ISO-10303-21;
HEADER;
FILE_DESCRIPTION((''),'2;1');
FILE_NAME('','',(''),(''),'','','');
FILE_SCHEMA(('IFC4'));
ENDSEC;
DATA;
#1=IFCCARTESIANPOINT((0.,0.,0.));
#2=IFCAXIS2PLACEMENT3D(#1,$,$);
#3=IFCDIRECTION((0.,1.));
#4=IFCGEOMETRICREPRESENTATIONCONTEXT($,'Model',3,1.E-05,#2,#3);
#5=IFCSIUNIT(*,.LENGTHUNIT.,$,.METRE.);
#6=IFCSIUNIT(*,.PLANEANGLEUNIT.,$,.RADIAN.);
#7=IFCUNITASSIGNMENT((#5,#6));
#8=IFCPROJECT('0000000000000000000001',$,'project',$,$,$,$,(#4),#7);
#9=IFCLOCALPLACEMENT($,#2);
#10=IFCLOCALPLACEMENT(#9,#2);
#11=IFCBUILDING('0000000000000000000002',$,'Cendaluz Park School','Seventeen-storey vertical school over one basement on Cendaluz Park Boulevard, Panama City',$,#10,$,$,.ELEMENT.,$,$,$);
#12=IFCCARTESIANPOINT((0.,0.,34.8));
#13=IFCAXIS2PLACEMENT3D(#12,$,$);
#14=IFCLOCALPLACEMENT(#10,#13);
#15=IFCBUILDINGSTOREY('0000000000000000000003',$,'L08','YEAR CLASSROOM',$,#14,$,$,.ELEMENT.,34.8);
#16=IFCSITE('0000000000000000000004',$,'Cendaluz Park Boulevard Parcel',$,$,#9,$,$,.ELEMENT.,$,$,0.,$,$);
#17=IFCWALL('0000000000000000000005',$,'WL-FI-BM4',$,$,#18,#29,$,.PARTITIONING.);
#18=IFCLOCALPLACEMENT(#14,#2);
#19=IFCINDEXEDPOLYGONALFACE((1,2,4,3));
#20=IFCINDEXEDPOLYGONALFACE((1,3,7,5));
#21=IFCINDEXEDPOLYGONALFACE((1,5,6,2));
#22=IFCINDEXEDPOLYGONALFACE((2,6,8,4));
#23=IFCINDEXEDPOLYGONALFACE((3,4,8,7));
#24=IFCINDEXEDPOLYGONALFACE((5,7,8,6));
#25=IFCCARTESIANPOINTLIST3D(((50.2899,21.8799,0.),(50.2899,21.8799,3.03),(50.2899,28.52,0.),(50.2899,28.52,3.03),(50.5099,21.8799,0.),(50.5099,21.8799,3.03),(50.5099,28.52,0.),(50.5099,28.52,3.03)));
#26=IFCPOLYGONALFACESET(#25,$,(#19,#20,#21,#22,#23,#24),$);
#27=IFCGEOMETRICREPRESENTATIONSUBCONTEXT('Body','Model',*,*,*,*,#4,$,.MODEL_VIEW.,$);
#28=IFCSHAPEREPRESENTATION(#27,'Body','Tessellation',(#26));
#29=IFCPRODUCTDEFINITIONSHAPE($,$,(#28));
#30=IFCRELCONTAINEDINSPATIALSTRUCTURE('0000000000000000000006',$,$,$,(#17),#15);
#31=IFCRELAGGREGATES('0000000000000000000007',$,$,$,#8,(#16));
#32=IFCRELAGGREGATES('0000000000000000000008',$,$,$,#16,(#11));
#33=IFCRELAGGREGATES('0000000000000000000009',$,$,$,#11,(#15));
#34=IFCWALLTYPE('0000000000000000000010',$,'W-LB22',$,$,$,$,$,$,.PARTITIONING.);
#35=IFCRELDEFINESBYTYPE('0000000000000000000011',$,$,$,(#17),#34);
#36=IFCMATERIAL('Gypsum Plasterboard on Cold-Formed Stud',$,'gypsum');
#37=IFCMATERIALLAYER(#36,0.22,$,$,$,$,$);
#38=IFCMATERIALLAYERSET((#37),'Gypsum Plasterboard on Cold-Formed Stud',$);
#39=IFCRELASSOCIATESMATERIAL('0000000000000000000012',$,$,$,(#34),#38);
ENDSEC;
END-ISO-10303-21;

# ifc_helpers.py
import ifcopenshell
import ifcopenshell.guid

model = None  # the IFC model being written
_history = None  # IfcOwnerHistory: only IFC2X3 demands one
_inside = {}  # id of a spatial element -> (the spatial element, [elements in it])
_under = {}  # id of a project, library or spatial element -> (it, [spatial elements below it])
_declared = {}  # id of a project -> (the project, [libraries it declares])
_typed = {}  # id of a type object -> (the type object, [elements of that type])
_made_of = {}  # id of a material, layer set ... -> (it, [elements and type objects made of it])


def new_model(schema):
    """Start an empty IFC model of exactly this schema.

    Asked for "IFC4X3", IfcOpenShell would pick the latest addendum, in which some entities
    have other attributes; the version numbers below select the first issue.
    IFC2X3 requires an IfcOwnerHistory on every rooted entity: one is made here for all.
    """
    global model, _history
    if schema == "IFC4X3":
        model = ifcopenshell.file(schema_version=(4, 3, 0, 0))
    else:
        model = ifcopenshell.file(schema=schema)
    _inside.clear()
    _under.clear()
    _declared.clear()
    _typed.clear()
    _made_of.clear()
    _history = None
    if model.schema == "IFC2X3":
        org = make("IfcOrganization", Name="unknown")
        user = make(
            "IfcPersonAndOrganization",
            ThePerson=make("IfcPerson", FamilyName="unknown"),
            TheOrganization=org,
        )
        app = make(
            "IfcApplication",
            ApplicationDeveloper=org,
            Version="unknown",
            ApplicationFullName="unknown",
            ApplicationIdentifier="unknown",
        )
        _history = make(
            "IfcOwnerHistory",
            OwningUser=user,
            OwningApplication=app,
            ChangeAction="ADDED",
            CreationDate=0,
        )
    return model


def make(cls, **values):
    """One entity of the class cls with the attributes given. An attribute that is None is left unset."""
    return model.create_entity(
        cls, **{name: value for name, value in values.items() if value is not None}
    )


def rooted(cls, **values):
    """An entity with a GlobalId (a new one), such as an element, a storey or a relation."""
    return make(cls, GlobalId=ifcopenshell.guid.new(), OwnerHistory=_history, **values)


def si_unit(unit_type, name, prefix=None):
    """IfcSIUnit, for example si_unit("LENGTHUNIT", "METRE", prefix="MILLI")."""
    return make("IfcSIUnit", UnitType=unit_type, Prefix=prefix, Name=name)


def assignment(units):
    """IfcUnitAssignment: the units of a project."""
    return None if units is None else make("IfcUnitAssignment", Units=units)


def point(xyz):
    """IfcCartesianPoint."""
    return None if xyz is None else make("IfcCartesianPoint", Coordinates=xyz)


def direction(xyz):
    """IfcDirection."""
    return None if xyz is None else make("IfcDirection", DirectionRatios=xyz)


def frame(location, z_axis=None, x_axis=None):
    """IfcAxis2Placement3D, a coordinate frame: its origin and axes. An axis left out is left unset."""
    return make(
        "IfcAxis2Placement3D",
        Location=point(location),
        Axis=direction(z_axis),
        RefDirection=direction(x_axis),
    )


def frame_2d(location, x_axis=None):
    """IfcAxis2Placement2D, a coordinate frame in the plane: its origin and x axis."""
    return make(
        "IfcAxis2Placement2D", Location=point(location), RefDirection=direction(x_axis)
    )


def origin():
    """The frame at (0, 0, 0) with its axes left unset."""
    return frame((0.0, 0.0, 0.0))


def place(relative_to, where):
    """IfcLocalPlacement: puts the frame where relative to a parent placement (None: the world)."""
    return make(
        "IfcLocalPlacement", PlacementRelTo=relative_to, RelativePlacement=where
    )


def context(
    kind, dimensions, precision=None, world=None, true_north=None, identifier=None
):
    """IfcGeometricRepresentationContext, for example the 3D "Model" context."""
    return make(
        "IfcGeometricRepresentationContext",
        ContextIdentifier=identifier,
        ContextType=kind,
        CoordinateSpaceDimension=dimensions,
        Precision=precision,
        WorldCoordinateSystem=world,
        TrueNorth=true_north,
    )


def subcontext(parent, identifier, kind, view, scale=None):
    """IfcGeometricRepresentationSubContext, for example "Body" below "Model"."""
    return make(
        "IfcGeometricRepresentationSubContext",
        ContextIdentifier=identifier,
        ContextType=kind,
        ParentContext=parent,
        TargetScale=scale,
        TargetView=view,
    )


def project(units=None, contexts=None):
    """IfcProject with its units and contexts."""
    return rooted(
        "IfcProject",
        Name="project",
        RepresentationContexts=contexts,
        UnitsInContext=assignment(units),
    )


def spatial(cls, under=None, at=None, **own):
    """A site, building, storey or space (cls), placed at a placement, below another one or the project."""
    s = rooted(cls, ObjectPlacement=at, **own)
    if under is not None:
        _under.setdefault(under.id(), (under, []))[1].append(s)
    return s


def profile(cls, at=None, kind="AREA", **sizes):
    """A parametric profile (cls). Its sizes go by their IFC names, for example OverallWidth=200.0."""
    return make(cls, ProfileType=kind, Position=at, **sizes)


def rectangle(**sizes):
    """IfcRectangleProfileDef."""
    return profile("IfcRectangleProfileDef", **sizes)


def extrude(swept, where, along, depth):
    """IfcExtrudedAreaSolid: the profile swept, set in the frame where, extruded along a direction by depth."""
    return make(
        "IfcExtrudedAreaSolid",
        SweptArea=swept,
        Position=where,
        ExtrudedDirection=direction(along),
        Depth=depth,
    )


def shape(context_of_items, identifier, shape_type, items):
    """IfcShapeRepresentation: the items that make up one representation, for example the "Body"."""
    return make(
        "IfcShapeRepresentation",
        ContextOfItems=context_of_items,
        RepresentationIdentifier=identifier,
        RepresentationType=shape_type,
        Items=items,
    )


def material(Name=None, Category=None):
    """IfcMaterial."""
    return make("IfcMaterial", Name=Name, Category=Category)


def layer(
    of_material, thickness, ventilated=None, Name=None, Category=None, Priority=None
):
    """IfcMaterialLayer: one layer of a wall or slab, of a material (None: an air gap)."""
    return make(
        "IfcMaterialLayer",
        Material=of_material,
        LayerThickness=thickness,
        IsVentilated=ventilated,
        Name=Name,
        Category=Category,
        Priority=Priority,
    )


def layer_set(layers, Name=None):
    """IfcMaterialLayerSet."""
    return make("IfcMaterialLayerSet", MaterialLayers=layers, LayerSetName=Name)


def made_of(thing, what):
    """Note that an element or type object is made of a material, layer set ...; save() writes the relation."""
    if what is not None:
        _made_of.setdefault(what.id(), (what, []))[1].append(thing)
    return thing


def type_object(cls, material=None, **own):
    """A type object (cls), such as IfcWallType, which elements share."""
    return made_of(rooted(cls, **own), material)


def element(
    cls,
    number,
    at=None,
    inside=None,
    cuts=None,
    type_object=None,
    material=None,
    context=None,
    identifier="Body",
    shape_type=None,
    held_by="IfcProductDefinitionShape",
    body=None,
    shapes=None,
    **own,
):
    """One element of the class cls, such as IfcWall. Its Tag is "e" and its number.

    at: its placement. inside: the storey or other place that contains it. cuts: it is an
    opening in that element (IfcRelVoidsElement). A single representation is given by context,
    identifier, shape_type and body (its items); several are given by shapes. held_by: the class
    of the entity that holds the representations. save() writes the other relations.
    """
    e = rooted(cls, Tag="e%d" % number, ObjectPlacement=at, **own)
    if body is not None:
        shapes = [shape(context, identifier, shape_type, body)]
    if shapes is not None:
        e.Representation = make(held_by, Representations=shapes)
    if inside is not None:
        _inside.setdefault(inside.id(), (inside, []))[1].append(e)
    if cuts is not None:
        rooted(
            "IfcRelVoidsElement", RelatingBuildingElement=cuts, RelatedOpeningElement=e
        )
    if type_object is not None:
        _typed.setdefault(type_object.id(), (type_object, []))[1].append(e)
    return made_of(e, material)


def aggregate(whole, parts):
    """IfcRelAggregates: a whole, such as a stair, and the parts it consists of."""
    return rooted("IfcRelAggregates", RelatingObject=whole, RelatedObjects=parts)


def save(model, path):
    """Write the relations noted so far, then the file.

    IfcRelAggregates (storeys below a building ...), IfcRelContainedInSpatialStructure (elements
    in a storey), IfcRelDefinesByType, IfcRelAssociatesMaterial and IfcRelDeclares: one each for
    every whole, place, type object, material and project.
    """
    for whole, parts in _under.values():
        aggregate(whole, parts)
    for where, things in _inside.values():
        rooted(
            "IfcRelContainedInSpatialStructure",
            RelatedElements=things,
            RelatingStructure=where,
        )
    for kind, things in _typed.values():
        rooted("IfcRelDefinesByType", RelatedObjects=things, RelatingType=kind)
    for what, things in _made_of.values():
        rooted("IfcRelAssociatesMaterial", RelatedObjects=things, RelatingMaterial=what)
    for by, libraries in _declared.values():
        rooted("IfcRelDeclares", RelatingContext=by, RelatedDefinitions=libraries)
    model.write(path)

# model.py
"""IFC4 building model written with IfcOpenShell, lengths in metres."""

from ifc_helpers import new_model, si_unit, direction, frame, frame_2d, origin, place, context, subcontext, project, spatial, rectangle, extrude, material, layer, layer_set, type_object, element, save


model = new_model("IFC4")

# Units and contexts
model_context = context("Model", 3, precision=1e-05, world=origin(), true_north=direction((0.0, 1.0)))
body_context = subcontext(model_context, "Body", "Model", "MODEL_VIEW")
ifc_project = project(units=[si_unit("LENGTHUNIT", "METRE"), si_unit("PLANEANGLEUNIT", "RADIAN")], contexts=[model_context])

# Site, building, storey
site_placement = place(None, origin())
site = spatial("IfcSite", under=ifc_project, at=site_placement, Name="Cendaluz Park Boulevard Parcel", CompositionType="ELEMENT", RefElevation=0.0)
building_placement = place(site_placement, origin())
building = spatial("IfcBuilding", under=site, at=building_placement, Name="Cendaluz Park School", Description="Seventeen-storey vertical school over one basement on Cendaluz Park Boulevard, Panama City", CompositionType="ELEMENT")
storey_placement = place(building_placement, frame((0.0, 0.0, 34.8)))
storey = spatial("IfcBuildingStorey", under=building, at=storey_placement, Name="L08", Description="YEAR CLASSROOM", CompositionType="ELEMENT", Elevation=34.8)

# Shared definitions
ifc_material_1 = material(Name="Gypsum Plasterboard on Cold-Formed Stud", Category="gypsum")
ifc_layer_1 = layer(ifc_material_1, 0.22)
ifc_layer_set_1 = layer_set([ifc_layer_1], Name="Gypsum Plasterboard on Cold-Formed Stud")
wall_type_1 = type_object("IfcWallType", Name="W-LB22", PredefinedType="PARTITIONING", material=ifc_layer_set_1)

# Wall
for number, where, z_axis, x_axis, name in (
    (1, (50.3999, 21.8799, 0.0), (0.0, 0.0, 1.0), (0.0, 1.0, 0.0), "WL-FI-BM4"),
):
    element("IfcWall", number, at=place(storey_placement, frame(where, z_axis=z_axis, x_axis=x_axis)), inside=storey, type_object=wall_type_1, Name=name, PredefinedType="PARTITIONING", context=body_context, shape_type="SweptSolid", body=[
        extrude(rectangle(XDim=6.6401, YDim=0.22, at=frame_2d((3.3201, 0.0))), origin(), (0.0, 0.0, 1.0), 3.03),
    ])

save(model, "model.ifc")
